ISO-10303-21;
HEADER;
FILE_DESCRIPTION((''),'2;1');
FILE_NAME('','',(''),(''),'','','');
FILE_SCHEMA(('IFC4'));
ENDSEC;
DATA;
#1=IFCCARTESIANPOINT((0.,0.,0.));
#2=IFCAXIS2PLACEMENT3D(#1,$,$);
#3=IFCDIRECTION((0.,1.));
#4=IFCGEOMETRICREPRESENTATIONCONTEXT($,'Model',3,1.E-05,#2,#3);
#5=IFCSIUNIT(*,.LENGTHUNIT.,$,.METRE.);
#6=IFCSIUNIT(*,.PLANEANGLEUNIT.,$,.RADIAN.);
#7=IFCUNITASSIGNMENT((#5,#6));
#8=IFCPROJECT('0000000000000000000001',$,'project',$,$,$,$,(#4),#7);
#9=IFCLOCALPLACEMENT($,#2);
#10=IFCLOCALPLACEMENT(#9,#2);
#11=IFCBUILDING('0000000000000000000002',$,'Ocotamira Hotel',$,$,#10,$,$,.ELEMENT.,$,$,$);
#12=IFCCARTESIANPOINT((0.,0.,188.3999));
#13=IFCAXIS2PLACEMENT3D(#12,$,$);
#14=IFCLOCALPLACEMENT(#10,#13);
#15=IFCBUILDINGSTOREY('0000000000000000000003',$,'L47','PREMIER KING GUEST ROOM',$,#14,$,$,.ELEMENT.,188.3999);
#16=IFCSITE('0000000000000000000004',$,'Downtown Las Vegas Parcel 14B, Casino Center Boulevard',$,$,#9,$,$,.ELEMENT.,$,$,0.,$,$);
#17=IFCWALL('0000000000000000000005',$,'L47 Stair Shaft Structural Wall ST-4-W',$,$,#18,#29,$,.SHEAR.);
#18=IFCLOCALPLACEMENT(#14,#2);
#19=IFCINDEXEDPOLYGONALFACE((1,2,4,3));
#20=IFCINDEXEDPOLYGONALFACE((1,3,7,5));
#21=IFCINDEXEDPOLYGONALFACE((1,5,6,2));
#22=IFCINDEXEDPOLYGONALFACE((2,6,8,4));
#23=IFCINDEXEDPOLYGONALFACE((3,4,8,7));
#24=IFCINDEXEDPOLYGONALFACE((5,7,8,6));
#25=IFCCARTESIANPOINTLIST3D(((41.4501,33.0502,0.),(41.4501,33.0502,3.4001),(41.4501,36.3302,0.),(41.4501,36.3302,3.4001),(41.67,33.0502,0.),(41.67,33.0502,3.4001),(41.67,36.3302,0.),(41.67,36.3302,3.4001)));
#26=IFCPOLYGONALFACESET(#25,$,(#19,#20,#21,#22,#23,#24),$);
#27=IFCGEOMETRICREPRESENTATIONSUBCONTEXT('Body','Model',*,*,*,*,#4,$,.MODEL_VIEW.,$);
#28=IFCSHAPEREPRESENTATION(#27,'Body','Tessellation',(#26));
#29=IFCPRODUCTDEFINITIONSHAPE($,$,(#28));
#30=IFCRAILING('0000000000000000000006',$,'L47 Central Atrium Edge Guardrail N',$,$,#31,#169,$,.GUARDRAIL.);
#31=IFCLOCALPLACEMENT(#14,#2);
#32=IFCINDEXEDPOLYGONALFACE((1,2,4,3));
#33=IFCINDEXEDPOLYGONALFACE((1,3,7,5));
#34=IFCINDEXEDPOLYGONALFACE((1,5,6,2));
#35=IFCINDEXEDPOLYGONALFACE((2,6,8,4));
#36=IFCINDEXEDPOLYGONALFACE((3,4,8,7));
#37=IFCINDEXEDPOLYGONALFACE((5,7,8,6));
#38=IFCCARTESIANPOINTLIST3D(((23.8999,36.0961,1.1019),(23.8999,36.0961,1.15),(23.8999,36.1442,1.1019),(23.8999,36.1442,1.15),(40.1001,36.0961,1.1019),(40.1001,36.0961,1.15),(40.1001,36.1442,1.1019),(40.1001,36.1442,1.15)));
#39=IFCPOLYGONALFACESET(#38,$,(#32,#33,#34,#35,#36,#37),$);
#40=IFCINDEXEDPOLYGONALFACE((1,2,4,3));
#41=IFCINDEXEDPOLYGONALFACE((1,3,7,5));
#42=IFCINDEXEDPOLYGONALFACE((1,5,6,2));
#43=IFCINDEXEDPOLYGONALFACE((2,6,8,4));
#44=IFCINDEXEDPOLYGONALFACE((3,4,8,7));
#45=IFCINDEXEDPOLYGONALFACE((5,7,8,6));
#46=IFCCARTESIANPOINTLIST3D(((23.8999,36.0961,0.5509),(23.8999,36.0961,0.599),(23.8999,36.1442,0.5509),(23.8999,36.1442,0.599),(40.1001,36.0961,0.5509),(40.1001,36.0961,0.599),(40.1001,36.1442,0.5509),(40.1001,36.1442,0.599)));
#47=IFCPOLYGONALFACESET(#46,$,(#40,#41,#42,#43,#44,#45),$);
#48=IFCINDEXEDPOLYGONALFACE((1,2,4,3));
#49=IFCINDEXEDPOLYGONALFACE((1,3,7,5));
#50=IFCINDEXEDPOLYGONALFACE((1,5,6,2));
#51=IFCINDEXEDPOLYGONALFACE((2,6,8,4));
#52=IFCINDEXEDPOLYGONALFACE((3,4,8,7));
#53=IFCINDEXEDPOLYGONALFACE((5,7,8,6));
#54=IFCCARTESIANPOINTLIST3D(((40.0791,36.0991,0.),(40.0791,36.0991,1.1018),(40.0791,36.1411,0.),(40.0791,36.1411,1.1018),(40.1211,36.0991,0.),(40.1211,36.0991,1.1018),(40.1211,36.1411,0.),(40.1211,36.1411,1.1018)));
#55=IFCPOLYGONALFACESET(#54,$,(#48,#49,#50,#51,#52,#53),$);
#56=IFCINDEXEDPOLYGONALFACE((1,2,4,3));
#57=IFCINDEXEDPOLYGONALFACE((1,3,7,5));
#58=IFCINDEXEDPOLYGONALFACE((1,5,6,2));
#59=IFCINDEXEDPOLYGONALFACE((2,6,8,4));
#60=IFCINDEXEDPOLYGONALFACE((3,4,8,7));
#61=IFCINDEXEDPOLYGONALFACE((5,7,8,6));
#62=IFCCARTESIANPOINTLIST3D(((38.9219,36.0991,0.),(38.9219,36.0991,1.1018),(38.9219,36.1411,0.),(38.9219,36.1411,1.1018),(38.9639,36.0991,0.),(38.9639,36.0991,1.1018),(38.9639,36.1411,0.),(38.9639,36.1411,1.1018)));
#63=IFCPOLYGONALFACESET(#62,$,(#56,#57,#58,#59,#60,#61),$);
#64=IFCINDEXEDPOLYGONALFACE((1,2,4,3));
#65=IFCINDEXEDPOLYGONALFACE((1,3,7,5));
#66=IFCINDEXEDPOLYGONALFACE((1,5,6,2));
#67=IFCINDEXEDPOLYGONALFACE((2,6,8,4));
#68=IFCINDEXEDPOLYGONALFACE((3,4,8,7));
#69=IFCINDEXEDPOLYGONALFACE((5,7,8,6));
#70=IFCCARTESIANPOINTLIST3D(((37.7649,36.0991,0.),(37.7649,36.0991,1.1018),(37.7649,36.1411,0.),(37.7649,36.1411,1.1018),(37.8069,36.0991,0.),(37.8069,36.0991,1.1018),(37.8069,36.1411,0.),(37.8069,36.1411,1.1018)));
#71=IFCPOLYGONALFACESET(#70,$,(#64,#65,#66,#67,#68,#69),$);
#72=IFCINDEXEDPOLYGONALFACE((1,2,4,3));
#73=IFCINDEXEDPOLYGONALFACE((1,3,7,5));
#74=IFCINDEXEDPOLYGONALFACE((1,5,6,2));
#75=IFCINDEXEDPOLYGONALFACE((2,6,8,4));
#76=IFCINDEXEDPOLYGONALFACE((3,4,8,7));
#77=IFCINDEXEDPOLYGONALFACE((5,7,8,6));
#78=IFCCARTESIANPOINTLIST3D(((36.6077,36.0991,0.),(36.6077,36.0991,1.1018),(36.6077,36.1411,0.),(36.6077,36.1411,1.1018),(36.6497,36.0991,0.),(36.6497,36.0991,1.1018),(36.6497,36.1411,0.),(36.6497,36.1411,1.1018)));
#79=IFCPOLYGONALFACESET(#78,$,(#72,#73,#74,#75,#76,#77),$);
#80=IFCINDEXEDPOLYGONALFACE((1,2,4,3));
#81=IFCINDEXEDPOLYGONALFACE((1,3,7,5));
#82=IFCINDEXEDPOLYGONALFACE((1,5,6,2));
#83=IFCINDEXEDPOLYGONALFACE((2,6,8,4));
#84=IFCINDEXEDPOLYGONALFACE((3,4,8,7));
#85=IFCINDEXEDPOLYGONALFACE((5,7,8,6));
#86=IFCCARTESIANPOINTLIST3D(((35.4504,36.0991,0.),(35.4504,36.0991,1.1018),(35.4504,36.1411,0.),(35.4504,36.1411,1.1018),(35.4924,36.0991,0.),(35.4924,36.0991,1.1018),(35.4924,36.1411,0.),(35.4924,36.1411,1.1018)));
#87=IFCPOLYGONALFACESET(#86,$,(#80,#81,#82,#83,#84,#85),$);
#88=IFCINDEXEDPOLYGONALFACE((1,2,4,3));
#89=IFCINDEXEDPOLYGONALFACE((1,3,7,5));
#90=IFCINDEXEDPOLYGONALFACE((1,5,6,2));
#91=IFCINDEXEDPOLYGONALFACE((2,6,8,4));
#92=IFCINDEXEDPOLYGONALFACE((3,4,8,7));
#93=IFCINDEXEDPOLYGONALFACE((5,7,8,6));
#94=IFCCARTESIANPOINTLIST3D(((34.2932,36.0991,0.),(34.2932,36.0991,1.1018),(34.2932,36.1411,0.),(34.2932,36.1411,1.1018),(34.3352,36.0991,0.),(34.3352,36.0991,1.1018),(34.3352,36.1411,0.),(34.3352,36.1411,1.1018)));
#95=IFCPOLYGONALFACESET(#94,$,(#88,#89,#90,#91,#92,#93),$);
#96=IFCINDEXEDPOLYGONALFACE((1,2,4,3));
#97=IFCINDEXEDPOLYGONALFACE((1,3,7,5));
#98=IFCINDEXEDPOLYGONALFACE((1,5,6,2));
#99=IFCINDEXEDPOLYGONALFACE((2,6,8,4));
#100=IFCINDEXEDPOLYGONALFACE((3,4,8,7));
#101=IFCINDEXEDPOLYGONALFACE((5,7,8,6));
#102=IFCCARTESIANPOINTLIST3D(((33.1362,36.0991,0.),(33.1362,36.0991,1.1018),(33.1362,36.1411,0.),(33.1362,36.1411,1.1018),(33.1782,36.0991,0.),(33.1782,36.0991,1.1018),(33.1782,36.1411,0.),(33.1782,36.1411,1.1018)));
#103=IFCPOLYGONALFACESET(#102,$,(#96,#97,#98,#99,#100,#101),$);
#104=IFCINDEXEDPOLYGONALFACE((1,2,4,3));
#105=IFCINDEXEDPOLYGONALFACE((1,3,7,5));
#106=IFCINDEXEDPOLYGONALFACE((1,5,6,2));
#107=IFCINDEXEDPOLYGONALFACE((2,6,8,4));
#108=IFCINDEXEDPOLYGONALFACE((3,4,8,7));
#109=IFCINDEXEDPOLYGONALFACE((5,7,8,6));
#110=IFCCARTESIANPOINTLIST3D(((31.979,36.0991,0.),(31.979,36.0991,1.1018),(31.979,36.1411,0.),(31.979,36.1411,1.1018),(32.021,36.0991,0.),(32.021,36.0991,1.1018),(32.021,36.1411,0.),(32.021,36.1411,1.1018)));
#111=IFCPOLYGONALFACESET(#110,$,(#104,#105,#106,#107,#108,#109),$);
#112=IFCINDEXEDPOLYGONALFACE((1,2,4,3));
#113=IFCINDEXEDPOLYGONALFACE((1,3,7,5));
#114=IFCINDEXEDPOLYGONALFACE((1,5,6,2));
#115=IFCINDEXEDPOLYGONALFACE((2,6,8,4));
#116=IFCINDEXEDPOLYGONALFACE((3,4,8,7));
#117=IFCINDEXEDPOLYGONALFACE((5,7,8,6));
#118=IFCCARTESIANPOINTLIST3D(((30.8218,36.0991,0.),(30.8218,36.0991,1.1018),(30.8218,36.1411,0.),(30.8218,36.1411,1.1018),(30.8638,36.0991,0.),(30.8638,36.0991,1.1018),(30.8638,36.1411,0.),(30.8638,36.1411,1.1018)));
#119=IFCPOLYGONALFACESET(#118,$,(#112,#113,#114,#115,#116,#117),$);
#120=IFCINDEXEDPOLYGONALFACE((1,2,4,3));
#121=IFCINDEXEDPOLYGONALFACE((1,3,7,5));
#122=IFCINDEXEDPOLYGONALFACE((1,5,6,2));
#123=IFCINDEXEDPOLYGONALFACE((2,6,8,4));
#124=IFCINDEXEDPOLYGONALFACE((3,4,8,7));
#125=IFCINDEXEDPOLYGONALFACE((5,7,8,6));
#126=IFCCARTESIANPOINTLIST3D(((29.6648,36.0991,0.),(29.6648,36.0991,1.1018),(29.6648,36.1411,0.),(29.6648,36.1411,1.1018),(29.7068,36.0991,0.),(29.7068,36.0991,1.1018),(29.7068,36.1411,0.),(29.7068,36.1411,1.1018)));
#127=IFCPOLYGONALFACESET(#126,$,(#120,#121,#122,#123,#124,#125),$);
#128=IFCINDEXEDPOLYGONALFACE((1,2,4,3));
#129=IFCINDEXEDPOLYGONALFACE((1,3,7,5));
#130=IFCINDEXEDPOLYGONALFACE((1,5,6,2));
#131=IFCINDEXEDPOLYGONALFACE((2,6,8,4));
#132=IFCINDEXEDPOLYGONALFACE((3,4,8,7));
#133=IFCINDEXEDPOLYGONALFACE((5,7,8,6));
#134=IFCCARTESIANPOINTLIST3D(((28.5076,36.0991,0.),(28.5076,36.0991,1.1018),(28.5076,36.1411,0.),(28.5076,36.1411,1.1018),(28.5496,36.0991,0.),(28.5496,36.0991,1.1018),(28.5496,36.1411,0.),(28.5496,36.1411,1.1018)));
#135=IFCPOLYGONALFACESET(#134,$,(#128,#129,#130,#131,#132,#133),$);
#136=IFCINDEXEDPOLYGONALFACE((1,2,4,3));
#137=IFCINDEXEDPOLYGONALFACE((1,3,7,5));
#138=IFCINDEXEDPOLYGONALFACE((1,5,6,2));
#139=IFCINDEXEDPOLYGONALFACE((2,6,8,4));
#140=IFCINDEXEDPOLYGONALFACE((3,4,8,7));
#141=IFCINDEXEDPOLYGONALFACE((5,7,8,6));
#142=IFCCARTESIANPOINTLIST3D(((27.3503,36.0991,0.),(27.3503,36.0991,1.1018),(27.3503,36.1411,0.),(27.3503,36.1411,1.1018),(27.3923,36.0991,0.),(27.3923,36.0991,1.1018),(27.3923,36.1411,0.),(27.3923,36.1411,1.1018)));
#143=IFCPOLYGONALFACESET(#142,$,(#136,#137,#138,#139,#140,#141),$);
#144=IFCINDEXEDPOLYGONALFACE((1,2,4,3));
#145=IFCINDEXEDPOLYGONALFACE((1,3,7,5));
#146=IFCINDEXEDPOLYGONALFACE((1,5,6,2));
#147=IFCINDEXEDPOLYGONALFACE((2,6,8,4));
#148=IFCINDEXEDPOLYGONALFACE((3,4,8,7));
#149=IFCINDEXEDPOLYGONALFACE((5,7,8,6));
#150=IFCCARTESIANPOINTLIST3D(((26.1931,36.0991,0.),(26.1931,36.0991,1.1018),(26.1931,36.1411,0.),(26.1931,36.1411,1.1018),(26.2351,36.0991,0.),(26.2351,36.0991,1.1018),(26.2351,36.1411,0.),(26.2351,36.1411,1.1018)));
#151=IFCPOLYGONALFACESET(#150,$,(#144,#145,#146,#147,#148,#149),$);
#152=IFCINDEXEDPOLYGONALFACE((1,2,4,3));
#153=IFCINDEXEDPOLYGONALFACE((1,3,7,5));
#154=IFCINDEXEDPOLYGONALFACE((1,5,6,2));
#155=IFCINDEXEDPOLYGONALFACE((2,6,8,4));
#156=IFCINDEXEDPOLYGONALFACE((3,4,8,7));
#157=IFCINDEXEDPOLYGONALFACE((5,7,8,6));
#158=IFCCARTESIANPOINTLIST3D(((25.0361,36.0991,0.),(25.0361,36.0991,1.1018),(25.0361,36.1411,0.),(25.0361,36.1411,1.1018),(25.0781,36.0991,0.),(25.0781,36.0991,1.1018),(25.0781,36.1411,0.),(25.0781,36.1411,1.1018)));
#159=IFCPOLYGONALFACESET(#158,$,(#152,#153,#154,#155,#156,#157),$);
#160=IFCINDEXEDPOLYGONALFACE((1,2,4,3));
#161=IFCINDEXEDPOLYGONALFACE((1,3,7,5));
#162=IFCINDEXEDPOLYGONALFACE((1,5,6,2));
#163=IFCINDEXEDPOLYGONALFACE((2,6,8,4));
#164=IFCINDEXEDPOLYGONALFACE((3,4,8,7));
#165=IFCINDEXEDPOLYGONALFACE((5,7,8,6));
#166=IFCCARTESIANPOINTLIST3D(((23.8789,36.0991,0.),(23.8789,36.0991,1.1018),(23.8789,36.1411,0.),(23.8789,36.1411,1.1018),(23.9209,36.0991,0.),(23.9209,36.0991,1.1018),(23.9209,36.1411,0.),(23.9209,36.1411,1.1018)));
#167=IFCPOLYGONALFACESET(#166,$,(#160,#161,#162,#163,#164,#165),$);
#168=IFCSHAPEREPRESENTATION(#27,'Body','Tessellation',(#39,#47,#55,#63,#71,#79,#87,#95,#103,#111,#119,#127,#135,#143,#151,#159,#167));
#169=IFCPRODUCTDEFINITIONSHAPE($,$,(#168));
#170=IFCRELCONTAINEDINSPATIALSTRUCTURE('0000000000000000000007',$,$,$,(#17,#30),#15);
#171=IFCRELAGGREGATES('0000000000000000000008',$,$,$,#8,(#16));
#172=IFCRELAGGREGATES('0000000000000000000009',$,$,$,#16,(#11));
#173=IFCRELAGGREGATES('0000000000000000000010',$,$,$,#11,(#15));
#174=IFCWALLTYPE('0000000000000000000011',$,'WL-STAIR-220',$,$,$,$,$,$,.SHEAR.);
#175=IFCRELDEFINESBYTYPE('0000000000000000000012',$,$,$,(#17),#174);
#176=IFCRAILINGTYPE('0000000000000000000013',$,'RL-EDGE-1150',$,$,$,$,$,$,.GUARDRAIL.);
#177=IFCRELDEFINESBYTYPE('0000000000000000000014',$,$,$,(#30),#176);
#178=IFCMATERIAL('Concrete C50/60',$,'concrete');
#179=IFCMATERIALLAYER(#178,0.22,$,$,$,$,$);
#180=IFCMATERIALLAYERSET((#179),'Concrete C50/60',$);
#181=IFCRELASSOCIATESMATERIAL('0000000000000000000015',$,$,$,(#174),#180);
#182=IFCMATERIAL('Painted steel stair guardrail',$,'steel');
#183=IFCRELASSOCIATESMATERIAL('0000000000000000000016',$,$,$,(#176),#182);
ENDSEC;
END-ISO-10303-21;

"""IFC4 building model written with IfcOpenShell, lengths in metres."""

from ifc_helpers import new_model, si_unit, direction, frame, frame_2d, origin, origin_2d, place, context, subcontext, project, spatial, rectangle, extrude, material, layer, layer_set, type_object, element, save


model = new_model("IFC4")

# Units and contexts
model_context = context("Model", 3, precision=1e-05, world=origin(), true_north=direction((0.0, 1.0)))
body_context = subcontext(model_context, "Body", "Model", "MODEL_VIEW")
ifc_project = project(units=[si_unit("LENGTHUNIT", "METRE"), si_unit("PLANEANGLEUNIT", "RADIAN")], contexts=[model_context])

# Site, building, storey
site_placement = place(None, origin())
site = spatial("IfcSite", under=ifc_project, at=site_placement, Name="Downtown Las Vegas Parcel 14B, Casino Center Boulevard", CompositionType="ELEMENT", RefElevation=0.0)
building_placement = place(site_placement, origin())
building = spatial("IfcBuilding", under=site, at=building_placement, Name="Ocotamira Hotel", CompositionType="ELEMENT")
storey_placement = place(building_placement, frame((0.0, 0.0, 188.3999)))
storey = spatial("IfcBuildingStorey", under=building, at=storey_placement, Name="L47", Description="PREMIER KING GUEST ROOM", CompositionType="ELEMENT", Elevation=188.3999)

# Shared definitions
ifc_material_1 = material(Name="Concrete C50/60", Category="concrete")

# Shared definitions
ifc_layer_1 = layer(ifc_material_1, 0.22)
ifc_layer_set_1 = layer_set([ifc_layer_1], Name="Concrete C50/60")
wall_type_1 = type_object("IfcWallType", Name="WL-STAIR-220", PredefinedType="SHEAR", material=ifc_layer_set_1)

# Wall
wall_1_placement = place(storey_placement, frame((41.5601, 33.05, 0.0), z_axis=(0.0, 0.0, 1.0), x_axis=(0.0, 1.0, 0.0)))
element("IfcWall", 1, at=wall_1_placement, inside=storey, type_object=wall_type_1, Name="L47 Stair Shaft Structural Wall ST-4-W", PredefinedType="SHEAR", context=body_context, shape_type="SweptSolid", body=[
    extrude(rectangle(XDim=3.28, YDim=0.22, at=frame_2d((1.6401, 0.0))), origin(), (0.0, 0.0, 1.0), 3.4001),
])

# Railing
ifc_material_2 = material(Name="Painted steel stair guardrail", Category="steel")
railing_type = type_object("IfcRailingType", Name="RL-EDGE-1150", PredefinedType="GUARDRAIL", material=ifc_material_2)
railing_placement = place(storey_placement, frame((40.1001, 36.1201, 0.0)))
element("IfcRailing", 2, at=railing_placement, inside=storey, type_object=railing_type, Name="L47 Central Atrium Edge Guardrail N", PredefinedType="GUARDRAIL", context=body_context, shape_type="SweptSolid", body=[
    extrude(rectangle(XDim=0.0481, YDim=0.0481, at=origin_2d()), frame((0.0, 0.0, 1.126), z_axis=(-1.0, 0.0, 0.0), x_axis=(0.0, -1.0, 0.0)), (0.0, 0.0, 1.0), 16.2002),
    extrude(rectangle(XDim=0.0481, YDim=0.0481, at=origin_2d()), frame((0.0, 0.0, 0.575), z_axis=(-1.0, 0.0, 0.0), x_axis=(0.0, -1.0, 0.0)), (0.0, 0.0, 1.0), 16.2002),
    extrude(rectangle(XDim=0.042, YDim=0.042, at=origin_2d()), origin(), (0.0, 0.0, 1.0), 1.1018),
    extrude(rectangle(XDim=0.042, YDim=0.042, at=origin_2d()), frame((-1.1572, 0.0, 0.0)), (0.0, 0.0, 1.0), 1.1018),
    extrude(rectangle(XDim=0.042, YDim=0.042, at=origin_2d()), frame((-2.3142, 0.0, 0.0)), (0.0, 0.0, 1.0), 1.1018),
    extrude(rectangle(XDim=0.042, YDim=0.042, at=origin_2d()), frame((-3.4714, 0.0, 0.0)), (0.0, 0.0, 1.0), 1.1018),
    extrude(rectangle(XDim=0.042, YDim=0.042, at=origin_2d()), frame((-4.6287, 0.0, 0.0)), (0.0, 0.0, 1.0), 1.1018),
    extrude(rectangle(XDim=0.042, YDim=0.042, at=origin_2d()), frame((-5.7859, 0.0, 0.0)), (0.0, 0.0, 1.0), 1.1018),
    extrude(rectangle(XDim=0.042, YDim=0.042, at=origin_2d()), frame((-6.9429, 0.0, 0.0)), (0.0, 0.0, 1.0), 1.1018),
    extrude(rectangle(XDim=0.042, YDim=0.042, at=origin_2d()), frame((-8.1001, 0.0, 0.0)), (0.0, 0.0, 1.0), 1.1018),
    extrude(rectangle(XDim=0.042, YDim=0.042, at=origin_2d()), frame((-9.2573, 0.0, 0.0)), (0.0, 0.0, 1.0), 1.1018),
    extrude(rectangle(XDim=0.042, YDim=0.042, at=origin_2d()), frame((-10.4143, 0.0, 0.0)), (0.0, 0.0, 1.0), 1.1018),
    extrude(rectangle(XDim=0.042, YDim=0.042, at=origin_2d()), frame((-11.5715, 0.0, 0.0)), (0.0, 0.0, 1.0), 1.1018),
    extrude(rectangle(XDim=0.042, YDim=0.042, at=origin_2d()), frame((-12.7288, 0.0, 0.0)), (0.0, 0.0, 1.0), 1.1018),
    extrude(rectangle(XDim=0.042, YDim=0.042, at=origin_2d()), frame((-13.886, 0.0, 0.0)), (0.0, 0.0, 1.0), 1.1018),
    extrude(rectangle(XDim=0.042, YDim=0.042, at=origin_2d()), frame((-15.043, 0.0, 0.0)), (0.0, 0.0, 1.0), 1.1018),
    extrude(rectangle(XDim=0.042, YDim=0.042, at=origin_2d()), frame((-16.2002, 0.0, 0.0)), (0.0, 0.0, 1.0), 1.1018),
])

save(model, "model.ifc")
